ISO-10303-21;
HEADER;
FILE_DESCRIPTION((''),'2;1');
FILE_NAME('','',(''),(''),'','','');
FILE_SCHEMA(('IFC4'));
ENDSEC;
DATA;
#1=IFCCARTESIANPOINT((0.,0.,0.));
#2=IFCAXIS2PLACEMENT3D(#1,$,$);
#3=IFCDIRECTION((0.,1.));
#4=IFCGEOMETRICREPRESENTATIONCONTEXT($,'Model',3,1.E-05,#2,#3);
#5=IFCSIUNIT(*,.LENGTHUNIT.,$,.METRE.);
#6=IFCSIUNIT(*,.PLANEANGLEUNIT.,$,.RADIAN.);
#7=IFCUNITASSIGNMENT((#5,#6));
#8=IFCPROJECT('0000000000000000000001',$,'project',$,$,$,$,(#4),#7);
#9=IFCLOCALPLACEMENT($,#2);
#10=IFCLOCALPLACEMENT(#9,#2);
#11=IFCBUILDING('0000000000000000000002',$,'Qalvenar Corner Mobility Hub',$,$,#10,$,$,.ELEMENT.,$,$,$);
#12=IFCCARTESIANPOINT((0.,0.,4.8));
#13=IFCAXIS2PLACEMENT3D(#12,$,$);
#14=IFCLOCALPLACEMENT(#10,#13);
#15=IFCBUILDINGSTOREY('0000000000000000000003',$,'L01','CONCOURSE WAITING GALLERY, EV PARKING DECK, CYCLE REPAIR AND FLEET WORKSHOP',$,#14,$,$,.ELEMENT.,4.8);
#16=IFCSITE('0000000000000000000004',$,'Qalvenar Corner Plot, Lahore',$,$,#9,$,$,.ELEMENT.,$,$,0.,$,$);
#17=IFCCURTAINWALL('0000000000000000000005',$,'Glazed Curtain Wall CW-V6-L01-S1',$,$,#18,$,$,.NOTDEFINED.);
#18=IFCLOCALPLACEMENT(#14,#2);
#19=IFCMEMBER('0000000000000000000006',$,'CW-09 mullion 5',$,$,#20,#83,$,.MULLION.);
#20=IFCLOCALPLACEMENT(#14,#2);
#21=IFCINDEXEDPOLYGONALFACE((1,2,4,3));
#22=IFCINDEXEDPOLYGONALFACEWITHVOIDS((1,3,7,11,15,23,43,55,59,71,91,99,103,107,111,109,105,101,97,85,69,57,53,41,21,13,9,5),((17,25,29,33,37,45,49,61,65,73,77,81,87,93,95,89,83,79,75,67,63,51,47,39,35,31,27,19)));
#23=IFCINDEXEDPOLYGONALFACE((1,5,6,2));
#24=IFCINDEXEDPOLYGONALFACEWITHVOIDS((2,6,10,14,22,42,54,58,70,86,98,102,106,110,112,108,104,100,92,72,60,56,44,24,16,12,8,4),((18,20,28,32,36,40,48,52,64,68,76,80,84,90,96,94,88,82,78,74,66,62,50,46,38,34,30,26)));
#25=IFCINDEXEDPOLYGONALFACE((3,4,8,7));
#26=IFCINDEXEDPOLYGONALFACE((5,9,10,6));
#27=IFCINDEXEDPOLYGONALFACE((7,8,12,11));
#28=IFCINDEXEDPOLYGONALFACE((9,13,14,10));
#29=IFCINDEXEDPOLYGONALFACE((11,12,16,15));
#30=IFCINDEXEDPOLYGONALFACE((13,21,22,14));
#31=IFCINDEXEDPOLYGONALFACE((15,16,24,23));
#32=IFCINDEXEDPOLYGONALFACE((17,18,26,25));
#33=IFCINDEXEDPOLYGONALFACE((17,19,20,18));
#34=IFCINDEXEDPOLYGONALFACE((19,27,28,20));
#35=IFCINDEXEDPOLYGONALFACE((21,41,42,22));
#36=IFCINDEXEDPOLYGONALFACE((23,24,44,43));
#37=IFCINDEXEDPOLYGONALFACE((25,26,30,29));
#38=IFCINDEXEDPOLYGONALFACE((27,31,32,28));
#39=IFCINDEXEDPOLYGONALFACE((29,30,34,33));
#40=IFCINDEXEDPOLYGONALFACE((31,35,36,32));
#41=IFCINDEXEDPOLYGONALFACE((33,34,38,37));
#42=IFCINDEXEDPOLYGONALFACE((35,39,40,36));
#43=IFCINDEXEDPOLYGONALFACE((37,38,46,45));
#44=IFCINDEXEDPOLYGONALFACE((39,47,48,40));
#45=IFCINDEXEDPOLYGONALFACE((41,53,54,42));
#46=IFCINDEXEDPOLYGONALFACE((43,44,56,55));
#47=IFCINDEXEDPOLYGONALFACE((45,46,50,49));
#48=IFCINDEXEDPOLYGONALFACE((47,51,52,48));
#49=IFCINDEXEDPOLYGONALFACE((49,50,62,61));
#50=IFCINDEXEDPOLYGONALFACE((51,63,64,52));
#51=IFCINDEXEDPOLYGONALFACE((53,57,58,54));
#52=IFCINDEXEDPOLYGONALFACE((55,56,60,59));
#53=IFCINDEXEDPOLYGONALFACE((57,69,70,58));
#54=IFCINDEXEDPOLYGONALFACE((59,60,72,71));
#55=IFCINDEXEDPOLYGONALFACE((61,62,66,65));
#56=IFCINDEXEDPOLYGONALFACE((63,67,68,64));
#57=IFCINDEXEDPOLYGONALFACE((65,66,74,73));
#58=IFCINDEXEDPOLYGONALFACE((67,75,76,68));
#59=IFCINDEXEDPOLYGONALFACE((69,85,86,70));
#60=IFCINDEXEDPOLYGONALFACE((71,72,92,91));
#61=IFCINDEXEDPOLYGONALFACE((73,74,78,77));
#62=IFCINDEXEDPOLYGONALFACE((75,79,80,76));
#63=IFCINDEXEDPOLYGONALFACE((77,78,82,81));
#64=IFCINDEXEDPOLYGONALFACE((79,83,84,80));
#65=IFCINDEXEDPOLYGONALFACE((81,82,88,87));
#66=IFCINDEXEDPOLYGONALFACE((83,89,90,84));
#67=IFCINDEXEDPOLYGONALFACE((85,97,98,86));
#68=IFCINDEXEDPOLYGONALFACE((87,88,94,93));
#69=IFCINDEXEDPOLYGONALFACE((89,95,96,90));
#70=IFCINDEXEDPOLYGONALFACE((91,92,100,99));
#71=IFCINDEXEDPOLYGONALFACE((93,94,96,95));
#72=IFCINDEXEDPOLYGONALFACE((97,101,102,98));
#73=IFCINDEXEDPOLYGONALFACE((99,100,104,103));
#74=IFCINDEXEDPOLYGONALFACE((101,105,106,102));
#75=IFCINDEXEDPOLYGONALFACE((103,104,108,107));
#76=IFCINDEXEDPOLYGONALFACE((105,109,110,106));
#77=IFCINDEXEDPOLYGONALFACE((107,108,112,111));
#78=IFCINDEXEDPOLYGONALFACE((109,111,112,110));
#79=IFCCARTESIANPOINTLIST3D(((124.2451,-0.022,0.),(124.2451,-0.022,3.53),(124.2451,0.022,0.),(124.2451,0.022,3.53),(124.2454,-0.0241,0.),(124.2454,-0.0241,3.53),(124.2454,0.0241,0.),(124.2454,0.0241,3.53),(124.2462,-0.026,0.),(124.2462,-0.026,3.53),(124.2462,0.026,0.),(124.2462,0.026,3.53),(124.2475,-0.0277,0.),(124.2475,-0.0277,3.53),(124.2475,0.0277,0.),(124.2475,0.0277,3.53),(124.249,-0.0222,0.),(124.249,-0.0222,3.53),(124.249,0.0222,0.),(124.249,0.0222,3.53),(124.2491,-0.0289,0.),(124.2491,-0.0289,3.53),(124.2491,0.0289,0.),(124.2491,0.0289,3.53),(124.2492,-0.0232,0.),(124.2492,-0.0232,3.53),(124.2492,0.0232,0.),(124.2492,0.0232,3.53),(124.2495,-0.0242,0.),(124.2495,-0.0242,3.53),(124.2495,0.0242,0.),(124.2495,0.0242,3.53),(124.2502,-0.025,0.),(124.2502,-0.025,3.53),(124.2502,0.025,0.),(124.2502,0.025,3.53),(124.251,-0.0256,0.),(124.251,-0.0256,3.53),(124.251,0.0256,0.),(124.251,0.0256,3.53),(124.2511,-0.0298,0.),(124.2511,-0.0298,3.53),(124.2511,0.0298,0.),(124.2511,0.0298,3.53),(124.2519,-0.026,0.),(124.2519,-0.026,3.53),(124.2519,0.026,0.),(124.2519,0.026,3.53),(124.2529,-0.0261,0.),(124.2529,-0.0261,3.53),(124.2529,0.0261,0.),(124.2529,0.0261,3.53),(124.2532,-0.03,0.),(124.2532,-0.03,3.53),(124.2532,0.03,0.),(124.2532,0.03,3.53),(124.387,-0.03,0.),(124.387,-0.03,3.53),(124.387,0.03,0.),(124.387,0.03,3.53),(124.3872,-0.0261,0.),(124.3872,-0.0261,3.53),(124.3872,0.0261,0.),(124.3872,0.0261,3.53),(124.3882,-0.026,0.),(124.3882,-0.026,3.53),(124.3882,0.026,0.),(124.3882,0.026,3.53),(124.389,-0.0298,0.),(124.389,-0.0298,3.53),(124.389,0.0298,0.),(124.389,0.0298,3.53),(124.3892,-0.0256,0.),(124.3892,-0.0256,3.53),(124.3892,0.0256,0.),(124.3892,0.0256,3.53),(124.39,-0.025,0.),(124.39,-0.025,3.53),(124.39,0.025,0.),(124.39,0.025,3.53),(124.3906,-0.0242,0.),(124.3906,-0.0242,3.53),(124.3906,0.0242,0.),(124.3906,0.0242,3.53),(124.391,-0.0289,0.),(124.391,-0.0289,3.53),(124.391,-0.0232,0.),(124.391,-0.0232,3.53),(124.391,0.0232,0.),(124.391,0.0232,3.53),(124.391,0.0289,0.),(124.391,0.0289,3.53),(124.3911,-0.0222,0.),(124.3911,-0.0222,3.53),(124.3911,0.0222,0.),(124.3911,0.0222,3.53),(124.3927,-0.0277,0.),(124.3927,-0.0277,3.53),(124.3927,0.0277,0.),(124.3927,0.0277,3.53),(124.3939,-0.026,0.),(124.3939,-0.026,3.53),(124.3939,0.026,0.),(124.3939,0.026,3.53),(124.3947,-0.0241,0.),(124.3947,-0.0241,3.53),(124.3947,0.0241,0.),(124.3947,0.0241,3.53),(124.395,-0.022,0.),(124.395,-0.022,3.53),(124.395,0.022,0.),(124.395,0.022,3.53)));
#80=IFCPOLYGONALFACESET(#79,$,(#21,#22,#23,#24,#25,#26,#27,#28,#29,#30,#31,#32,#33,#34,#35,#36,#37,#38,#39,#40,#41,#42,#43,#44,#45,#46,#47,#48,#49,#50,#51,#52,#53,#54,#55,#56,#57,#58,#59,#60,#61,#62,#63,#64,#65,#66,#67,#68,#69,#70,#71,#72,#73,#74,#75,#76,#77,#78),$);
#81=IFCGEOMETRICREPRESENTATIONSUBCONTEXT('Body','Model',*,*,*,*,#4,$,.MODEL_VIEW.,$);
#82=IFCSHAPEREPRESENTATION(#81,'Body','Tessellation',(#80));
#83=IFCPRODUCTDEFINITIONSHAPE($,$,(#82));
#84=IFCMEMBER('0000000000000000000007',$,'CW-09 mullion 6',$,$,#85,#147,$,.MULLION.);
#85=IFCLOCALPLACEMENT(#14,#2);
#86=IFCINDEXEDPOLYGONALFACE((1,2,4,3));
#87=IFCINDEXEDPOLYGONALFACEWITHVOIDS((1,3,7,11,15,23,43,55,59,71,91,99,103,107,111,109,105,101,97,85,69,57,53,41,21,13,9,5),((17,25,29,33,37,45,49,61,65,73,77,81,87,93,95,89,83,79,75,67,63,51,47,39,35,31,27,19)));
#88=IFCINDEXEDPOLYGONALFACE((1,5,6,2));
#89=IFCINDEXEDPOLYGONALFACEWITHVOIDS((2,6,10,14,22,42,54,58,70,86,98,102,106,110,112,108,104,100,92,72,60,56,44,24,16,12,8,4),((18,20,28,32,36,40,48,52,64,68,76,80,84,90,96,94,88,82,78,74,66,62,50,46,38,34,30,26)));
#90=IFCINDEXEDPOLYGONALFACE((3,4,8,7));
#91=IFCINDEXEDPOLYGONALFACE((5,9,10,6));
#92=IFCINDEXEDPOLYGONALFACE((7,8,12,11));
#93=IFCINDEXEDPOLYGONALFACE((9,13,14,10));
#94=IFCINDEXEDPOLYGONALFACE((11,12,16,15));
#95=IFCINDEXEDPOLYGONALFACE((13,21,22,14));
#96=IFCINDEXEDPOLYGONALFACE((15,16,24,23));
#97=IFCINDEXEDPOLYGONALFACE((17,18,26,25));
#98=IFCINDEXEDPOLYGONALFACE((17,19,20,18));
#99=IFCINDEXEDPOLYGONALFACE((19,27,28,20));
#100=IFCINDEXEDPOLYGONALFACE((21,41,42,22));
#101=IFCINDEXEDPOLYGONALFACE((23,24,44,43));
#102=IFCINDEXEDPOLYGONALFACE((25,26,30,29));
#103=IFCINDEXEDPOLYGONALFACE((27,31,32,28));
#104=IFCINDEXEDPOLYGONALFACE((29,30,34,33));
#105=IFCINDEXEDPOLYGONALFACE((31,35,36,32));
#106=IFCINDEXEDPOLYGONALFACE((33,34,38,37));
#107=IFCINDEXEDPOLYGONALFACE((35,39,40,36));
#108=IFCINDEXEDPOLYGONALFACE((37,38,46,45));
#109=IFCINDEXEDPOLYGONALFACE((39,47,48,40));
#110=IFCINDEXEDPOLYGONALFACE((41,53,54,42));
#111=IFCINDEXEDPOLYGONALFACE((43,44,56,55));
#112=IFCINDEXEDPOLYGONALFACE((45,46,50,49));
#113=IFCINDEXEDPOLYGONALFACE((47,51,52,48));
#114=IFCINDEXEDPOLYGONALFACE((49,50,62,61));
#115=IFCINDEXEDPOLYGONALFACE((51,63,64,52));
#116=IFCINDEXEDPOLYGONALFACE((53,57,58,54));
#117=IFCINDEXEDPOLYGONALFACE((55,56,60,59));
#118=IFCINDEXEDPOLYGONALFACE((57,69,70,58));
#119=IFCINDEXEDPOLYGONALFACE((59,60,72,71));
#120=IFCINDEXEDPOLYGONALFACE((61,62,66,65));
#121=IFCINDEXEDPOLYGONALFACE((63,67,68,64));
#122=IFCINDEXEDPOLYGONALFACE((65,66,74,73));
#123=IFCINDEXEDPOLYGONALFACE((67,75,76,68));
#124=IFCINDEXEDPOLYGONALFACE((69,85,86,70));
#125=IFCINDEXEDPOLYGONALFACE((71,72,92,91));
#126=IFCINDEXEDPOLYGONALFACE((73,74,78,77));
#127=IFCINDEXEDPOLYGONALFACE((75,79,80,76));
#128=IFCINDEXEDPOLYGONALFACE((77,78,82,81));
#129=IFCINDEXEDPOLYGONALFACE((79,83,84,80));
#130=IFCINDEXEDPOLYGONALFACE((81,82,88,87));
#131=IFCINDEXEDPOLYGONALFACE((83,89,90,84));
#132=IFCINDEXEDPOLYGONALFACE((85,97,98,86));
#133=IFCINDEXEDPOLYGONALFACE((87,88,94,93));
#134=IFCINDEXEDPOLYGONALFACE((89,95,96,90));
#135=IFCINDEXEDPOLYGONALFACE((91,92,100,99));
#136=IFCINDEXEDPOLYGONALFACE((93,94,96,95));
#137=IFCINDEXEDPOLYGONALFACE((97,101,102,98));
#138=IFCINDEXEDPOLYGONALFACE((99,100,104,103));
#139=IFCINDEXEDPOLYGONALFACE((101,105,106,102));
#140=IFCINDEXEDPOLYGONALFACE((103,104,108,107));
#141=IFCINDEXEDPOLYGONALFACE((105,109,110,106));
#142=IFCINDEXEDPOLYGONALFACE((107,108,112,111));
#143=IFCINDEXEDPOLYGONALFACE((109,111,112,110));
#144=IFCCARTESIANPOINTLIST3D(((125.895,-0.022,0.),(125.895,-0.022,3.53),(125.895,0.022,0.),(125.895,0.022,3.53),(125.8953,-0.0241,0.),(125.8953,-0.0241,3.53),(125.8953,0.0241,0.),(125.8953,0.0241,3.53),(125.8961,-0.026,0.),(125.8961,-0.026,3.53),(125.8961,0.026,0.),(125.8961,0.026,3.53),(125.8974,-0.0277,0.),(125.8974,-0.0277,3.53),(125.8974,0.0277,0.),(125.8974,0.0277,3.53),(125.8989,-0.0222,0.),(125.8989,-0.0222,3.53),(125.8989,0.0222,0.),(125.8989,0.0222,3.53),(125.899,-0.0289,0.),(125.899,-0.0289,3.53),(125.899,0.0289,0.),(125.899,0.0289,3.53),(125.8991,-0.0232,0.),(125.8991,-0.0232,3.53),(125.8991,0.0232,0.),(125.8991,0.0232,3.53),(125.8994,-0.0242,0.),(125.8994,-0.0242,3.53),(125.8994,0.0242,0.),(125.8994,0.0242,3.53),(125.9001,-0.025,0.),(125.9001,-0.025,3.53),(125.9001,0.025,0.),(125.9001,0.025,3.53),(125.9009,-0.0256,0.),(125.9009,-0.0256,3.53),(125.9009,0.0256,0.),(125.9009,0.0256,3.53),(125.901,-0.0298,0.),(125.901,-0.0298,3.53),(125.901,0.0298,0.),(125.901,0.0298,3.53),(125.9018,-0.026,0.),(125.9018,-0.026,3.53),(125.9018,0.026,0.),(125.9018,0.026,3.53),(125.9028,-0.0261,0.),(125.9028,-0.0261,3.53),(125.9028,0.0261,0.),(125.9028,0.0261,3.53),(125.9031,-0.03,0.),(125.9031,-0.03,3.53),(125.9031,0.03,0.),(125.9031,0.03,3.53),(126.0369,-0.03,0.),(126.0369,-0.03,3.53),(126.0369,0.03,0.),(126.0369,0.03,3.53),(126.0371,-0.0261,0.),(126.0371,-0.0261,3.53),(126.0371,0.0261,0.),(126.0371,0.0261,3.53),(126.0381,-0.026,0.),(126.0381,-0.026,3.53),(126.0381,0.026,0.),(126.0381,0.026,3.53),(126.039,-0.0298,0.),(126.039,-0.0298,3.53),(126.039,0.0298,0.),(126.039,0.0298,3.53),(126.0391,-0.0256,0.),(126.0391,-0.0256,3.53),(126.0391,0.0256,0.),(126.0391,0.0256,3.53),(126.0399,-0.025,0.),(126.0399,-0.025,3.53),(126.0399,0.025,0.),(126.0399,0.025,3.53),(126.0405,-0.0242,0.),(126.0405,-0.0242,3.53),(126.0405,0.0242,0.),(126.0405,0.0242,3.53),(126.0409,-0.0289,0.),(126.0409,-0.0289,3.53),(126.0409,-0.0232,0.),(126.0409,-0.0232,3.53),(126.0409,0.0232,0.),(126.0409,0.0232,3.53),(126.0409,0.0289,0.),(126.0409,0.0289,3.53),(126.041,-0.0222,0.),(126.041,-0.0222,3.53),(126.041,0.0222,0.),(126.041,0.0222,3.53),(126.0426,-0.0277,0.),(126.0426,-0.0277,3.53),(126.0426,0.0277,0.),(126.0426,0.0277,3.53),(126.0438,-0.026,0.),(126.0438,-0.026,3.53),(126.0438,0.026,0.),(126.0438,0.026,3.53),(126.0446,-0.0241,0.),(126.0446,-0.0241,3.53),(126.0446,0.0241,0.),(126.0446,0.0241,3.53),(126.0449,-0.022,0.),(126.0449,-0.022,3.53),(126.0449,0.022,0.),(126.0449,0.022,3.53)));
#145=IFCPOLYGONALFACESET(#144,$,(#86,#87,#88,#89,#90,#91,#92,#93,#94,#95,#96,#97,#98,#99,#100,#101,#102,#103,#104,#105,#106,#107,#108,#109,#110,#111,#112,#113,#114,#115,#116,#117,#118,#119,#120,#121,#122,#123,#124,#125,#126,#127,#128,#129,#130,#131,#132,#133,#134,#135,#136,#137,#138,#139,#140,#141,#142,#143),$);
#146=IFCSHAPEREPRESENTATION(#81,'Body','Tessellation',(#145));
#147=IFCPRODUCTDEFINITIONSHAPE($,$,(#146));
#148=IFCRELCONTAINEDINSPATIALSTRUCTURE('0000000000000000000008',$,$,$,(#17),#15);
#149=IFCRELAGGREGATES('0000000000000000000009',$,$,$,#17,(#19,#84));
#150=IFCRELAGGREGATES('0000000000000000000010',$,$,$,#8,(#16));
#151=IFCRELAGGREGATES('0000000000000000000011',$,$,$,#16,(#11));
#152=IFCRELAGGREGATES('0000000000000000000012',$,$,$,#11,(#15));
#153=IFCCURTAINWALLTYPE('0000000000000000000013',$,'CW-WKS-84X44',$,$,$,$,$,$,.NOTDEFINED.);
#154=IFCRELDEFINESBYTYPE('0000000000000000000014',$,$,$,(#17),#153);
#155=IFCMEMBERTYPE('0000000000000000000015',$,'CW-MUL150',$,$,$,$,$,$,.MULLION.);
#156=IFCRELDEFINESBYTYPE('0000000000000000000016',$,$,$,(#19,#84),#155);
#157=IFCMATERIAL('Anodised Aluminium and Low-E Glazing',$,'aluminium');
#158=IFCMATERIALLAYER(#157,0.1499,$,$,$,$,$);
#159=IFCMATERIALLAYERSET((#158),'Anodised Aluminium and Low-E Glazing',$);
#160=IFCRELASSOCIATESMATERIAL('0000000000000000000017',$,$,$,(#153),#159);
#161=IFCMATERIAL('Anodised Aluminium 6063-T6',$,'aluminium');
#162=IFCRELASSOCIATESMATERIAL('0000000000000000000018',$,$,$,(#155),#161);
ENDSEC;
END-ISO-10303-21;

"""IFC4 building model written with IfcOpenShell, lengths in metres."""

from ifc_helpers import new_model, si_unit, direction, frame, origin, origin_2d, place, context, subcontext, project, spatial, hollow_rectangle, extrude, material, layer, layer_set, material_profile, profile_set, type_object, element, aggregate, save


model = new_model("IFC4")

# Units and contexts
model_context = context("Model", 3, precision=1e-05, world=origin(), true_north=direction((0.0, 1.0)))
body_context = subcontext(model_context, "Body", "Model", "MODEL_VIEW")
ifc_project = project(units=[si_unit("LENGTHUNIT", "METRE"), si_unit("PLANEANGLEUNIT", "RADIAN")], contexts=[model_context])

# Site, building, storey
site_placement = place(None, origin())
site = spatial("IfcSite", under=ifc_project, at=site_placement, Name="Qalvenar Corner Plot, Lahore", CompositionType="ELEMENT", RefElevation=0.0)
building_placement = place(site_placement, origin())
building = spatial("IfcBuilding", under=site, at=building_placement, Name="Qalvenar Corner Mobility Hub", CompositionType="ELEMENT")
storey_placement = place(building_placement, frame((0.0, 0.0, 4.8)))
storey = spatial("IfcBuildingStorey", under=building, at=storey_placement, Name="L01", Description="CONCOURSE WAITING GALLERY, EV PARKING DECK, CYCLE REPAIR AND FLEET WORKSHOP", CompositionType="ELEMENT", Elevation=4.8)

# Curtain wall, members
ifc_material_1 = material(Name="Anodised Aluminium and Low-E Glazing", Category="aluminium")
ifc_layer_1 = layer(ifc_material_1, 0.1499)
ifc_layer_set_1 = layer_set([ifc_layer_1], Name="Anodised Aluminium and Low-E Glazing")
curtain_wall_type = type_object("IfcCurtainWallType", Name="CW-WKS-84X44", PredefinedType="NOTDEFINED", material=ifc_layer_set_1)
curtain_wall_placement = place(storey_placement, origin())
curtain_wall = element("IfcCurtainWall", 1, at=curtain_wall_placement, inside=storey, type_object=curtain_wall_type, Name="Glazed Curtain Wall CW-V6-L01-S1", PredefinedType="NOTDEFINED")
ifc_material_2 = material(Name="Anodised Aluminium 6063-T6", Category="aluminium")
ifc_material_profile_1 = material_profile(ifc_material_2, hollow_rectangle(XDim=0.0601, YDim=0.1499, WallThickness=0.0039, InnerFilletRadius=0.0039, OuterFilletRadius=0.0081, at=origin_2d()), Name="RHS150x60x4")
ifc_profile_set_1 = profile_set([ifc_material_profile_1], Name="Anodised Aluminium 6063-T6")
member_type_1 = type_object("IfcMemberType", Name="CW-MUL150", PredefinedType="MULLION", material=ifc_profile_set_1)
member_1_placement = place(storey_placement, frame((124.3201, 0.0, 0.0), z_axis=(0.0, 0.0, 1.0), x_axis=(0.0, 1.0, 0.0)))
member_1 = element("IfcMember", 2, at=member_1_placement, type_object=member_type_1, Name="CW-09 mullion 5", PredefinedType="MULLION", context=body_context, shape_type="SweptSolid", body=[
    extrude(hollow_rectangle(XDim=0.0601, YDim=0.1499, WallThickness=0.0039, InnerFilletRadius=0.0039, OuterFilletRadius=0.0081, at=origin_2d()), origin(), (0.0, 0.0, 1.0), 3.53),
])
member_2_placement = place(storey_placement, frame((125.97, 0.0, 0.0), z_axis=(0.0, 0.0, 1.0), x_axis=(0.0, 1.0, 0.0)))
member_2 = element("IfcMember", 3, at=member_2_placement, type_object=member_type_1, Name="CW-09 mullion 6", PredefinedType="MULLION", context=body_context, shape_type="SweptSolid", body=[
    extrude(hollow_rectangle(XDim=0.0601, YDim=0.1499, WallThickness=0.0039, InnerFilletRadius=0.0039, OuterFilletRadius=0.0081, at=origin_2d()), origin(), (0.0, 0.0, 1.0), 3.53),
])
aggregate(curtain_wall, [member_1, member_2])

save(model, "model.ifc")
